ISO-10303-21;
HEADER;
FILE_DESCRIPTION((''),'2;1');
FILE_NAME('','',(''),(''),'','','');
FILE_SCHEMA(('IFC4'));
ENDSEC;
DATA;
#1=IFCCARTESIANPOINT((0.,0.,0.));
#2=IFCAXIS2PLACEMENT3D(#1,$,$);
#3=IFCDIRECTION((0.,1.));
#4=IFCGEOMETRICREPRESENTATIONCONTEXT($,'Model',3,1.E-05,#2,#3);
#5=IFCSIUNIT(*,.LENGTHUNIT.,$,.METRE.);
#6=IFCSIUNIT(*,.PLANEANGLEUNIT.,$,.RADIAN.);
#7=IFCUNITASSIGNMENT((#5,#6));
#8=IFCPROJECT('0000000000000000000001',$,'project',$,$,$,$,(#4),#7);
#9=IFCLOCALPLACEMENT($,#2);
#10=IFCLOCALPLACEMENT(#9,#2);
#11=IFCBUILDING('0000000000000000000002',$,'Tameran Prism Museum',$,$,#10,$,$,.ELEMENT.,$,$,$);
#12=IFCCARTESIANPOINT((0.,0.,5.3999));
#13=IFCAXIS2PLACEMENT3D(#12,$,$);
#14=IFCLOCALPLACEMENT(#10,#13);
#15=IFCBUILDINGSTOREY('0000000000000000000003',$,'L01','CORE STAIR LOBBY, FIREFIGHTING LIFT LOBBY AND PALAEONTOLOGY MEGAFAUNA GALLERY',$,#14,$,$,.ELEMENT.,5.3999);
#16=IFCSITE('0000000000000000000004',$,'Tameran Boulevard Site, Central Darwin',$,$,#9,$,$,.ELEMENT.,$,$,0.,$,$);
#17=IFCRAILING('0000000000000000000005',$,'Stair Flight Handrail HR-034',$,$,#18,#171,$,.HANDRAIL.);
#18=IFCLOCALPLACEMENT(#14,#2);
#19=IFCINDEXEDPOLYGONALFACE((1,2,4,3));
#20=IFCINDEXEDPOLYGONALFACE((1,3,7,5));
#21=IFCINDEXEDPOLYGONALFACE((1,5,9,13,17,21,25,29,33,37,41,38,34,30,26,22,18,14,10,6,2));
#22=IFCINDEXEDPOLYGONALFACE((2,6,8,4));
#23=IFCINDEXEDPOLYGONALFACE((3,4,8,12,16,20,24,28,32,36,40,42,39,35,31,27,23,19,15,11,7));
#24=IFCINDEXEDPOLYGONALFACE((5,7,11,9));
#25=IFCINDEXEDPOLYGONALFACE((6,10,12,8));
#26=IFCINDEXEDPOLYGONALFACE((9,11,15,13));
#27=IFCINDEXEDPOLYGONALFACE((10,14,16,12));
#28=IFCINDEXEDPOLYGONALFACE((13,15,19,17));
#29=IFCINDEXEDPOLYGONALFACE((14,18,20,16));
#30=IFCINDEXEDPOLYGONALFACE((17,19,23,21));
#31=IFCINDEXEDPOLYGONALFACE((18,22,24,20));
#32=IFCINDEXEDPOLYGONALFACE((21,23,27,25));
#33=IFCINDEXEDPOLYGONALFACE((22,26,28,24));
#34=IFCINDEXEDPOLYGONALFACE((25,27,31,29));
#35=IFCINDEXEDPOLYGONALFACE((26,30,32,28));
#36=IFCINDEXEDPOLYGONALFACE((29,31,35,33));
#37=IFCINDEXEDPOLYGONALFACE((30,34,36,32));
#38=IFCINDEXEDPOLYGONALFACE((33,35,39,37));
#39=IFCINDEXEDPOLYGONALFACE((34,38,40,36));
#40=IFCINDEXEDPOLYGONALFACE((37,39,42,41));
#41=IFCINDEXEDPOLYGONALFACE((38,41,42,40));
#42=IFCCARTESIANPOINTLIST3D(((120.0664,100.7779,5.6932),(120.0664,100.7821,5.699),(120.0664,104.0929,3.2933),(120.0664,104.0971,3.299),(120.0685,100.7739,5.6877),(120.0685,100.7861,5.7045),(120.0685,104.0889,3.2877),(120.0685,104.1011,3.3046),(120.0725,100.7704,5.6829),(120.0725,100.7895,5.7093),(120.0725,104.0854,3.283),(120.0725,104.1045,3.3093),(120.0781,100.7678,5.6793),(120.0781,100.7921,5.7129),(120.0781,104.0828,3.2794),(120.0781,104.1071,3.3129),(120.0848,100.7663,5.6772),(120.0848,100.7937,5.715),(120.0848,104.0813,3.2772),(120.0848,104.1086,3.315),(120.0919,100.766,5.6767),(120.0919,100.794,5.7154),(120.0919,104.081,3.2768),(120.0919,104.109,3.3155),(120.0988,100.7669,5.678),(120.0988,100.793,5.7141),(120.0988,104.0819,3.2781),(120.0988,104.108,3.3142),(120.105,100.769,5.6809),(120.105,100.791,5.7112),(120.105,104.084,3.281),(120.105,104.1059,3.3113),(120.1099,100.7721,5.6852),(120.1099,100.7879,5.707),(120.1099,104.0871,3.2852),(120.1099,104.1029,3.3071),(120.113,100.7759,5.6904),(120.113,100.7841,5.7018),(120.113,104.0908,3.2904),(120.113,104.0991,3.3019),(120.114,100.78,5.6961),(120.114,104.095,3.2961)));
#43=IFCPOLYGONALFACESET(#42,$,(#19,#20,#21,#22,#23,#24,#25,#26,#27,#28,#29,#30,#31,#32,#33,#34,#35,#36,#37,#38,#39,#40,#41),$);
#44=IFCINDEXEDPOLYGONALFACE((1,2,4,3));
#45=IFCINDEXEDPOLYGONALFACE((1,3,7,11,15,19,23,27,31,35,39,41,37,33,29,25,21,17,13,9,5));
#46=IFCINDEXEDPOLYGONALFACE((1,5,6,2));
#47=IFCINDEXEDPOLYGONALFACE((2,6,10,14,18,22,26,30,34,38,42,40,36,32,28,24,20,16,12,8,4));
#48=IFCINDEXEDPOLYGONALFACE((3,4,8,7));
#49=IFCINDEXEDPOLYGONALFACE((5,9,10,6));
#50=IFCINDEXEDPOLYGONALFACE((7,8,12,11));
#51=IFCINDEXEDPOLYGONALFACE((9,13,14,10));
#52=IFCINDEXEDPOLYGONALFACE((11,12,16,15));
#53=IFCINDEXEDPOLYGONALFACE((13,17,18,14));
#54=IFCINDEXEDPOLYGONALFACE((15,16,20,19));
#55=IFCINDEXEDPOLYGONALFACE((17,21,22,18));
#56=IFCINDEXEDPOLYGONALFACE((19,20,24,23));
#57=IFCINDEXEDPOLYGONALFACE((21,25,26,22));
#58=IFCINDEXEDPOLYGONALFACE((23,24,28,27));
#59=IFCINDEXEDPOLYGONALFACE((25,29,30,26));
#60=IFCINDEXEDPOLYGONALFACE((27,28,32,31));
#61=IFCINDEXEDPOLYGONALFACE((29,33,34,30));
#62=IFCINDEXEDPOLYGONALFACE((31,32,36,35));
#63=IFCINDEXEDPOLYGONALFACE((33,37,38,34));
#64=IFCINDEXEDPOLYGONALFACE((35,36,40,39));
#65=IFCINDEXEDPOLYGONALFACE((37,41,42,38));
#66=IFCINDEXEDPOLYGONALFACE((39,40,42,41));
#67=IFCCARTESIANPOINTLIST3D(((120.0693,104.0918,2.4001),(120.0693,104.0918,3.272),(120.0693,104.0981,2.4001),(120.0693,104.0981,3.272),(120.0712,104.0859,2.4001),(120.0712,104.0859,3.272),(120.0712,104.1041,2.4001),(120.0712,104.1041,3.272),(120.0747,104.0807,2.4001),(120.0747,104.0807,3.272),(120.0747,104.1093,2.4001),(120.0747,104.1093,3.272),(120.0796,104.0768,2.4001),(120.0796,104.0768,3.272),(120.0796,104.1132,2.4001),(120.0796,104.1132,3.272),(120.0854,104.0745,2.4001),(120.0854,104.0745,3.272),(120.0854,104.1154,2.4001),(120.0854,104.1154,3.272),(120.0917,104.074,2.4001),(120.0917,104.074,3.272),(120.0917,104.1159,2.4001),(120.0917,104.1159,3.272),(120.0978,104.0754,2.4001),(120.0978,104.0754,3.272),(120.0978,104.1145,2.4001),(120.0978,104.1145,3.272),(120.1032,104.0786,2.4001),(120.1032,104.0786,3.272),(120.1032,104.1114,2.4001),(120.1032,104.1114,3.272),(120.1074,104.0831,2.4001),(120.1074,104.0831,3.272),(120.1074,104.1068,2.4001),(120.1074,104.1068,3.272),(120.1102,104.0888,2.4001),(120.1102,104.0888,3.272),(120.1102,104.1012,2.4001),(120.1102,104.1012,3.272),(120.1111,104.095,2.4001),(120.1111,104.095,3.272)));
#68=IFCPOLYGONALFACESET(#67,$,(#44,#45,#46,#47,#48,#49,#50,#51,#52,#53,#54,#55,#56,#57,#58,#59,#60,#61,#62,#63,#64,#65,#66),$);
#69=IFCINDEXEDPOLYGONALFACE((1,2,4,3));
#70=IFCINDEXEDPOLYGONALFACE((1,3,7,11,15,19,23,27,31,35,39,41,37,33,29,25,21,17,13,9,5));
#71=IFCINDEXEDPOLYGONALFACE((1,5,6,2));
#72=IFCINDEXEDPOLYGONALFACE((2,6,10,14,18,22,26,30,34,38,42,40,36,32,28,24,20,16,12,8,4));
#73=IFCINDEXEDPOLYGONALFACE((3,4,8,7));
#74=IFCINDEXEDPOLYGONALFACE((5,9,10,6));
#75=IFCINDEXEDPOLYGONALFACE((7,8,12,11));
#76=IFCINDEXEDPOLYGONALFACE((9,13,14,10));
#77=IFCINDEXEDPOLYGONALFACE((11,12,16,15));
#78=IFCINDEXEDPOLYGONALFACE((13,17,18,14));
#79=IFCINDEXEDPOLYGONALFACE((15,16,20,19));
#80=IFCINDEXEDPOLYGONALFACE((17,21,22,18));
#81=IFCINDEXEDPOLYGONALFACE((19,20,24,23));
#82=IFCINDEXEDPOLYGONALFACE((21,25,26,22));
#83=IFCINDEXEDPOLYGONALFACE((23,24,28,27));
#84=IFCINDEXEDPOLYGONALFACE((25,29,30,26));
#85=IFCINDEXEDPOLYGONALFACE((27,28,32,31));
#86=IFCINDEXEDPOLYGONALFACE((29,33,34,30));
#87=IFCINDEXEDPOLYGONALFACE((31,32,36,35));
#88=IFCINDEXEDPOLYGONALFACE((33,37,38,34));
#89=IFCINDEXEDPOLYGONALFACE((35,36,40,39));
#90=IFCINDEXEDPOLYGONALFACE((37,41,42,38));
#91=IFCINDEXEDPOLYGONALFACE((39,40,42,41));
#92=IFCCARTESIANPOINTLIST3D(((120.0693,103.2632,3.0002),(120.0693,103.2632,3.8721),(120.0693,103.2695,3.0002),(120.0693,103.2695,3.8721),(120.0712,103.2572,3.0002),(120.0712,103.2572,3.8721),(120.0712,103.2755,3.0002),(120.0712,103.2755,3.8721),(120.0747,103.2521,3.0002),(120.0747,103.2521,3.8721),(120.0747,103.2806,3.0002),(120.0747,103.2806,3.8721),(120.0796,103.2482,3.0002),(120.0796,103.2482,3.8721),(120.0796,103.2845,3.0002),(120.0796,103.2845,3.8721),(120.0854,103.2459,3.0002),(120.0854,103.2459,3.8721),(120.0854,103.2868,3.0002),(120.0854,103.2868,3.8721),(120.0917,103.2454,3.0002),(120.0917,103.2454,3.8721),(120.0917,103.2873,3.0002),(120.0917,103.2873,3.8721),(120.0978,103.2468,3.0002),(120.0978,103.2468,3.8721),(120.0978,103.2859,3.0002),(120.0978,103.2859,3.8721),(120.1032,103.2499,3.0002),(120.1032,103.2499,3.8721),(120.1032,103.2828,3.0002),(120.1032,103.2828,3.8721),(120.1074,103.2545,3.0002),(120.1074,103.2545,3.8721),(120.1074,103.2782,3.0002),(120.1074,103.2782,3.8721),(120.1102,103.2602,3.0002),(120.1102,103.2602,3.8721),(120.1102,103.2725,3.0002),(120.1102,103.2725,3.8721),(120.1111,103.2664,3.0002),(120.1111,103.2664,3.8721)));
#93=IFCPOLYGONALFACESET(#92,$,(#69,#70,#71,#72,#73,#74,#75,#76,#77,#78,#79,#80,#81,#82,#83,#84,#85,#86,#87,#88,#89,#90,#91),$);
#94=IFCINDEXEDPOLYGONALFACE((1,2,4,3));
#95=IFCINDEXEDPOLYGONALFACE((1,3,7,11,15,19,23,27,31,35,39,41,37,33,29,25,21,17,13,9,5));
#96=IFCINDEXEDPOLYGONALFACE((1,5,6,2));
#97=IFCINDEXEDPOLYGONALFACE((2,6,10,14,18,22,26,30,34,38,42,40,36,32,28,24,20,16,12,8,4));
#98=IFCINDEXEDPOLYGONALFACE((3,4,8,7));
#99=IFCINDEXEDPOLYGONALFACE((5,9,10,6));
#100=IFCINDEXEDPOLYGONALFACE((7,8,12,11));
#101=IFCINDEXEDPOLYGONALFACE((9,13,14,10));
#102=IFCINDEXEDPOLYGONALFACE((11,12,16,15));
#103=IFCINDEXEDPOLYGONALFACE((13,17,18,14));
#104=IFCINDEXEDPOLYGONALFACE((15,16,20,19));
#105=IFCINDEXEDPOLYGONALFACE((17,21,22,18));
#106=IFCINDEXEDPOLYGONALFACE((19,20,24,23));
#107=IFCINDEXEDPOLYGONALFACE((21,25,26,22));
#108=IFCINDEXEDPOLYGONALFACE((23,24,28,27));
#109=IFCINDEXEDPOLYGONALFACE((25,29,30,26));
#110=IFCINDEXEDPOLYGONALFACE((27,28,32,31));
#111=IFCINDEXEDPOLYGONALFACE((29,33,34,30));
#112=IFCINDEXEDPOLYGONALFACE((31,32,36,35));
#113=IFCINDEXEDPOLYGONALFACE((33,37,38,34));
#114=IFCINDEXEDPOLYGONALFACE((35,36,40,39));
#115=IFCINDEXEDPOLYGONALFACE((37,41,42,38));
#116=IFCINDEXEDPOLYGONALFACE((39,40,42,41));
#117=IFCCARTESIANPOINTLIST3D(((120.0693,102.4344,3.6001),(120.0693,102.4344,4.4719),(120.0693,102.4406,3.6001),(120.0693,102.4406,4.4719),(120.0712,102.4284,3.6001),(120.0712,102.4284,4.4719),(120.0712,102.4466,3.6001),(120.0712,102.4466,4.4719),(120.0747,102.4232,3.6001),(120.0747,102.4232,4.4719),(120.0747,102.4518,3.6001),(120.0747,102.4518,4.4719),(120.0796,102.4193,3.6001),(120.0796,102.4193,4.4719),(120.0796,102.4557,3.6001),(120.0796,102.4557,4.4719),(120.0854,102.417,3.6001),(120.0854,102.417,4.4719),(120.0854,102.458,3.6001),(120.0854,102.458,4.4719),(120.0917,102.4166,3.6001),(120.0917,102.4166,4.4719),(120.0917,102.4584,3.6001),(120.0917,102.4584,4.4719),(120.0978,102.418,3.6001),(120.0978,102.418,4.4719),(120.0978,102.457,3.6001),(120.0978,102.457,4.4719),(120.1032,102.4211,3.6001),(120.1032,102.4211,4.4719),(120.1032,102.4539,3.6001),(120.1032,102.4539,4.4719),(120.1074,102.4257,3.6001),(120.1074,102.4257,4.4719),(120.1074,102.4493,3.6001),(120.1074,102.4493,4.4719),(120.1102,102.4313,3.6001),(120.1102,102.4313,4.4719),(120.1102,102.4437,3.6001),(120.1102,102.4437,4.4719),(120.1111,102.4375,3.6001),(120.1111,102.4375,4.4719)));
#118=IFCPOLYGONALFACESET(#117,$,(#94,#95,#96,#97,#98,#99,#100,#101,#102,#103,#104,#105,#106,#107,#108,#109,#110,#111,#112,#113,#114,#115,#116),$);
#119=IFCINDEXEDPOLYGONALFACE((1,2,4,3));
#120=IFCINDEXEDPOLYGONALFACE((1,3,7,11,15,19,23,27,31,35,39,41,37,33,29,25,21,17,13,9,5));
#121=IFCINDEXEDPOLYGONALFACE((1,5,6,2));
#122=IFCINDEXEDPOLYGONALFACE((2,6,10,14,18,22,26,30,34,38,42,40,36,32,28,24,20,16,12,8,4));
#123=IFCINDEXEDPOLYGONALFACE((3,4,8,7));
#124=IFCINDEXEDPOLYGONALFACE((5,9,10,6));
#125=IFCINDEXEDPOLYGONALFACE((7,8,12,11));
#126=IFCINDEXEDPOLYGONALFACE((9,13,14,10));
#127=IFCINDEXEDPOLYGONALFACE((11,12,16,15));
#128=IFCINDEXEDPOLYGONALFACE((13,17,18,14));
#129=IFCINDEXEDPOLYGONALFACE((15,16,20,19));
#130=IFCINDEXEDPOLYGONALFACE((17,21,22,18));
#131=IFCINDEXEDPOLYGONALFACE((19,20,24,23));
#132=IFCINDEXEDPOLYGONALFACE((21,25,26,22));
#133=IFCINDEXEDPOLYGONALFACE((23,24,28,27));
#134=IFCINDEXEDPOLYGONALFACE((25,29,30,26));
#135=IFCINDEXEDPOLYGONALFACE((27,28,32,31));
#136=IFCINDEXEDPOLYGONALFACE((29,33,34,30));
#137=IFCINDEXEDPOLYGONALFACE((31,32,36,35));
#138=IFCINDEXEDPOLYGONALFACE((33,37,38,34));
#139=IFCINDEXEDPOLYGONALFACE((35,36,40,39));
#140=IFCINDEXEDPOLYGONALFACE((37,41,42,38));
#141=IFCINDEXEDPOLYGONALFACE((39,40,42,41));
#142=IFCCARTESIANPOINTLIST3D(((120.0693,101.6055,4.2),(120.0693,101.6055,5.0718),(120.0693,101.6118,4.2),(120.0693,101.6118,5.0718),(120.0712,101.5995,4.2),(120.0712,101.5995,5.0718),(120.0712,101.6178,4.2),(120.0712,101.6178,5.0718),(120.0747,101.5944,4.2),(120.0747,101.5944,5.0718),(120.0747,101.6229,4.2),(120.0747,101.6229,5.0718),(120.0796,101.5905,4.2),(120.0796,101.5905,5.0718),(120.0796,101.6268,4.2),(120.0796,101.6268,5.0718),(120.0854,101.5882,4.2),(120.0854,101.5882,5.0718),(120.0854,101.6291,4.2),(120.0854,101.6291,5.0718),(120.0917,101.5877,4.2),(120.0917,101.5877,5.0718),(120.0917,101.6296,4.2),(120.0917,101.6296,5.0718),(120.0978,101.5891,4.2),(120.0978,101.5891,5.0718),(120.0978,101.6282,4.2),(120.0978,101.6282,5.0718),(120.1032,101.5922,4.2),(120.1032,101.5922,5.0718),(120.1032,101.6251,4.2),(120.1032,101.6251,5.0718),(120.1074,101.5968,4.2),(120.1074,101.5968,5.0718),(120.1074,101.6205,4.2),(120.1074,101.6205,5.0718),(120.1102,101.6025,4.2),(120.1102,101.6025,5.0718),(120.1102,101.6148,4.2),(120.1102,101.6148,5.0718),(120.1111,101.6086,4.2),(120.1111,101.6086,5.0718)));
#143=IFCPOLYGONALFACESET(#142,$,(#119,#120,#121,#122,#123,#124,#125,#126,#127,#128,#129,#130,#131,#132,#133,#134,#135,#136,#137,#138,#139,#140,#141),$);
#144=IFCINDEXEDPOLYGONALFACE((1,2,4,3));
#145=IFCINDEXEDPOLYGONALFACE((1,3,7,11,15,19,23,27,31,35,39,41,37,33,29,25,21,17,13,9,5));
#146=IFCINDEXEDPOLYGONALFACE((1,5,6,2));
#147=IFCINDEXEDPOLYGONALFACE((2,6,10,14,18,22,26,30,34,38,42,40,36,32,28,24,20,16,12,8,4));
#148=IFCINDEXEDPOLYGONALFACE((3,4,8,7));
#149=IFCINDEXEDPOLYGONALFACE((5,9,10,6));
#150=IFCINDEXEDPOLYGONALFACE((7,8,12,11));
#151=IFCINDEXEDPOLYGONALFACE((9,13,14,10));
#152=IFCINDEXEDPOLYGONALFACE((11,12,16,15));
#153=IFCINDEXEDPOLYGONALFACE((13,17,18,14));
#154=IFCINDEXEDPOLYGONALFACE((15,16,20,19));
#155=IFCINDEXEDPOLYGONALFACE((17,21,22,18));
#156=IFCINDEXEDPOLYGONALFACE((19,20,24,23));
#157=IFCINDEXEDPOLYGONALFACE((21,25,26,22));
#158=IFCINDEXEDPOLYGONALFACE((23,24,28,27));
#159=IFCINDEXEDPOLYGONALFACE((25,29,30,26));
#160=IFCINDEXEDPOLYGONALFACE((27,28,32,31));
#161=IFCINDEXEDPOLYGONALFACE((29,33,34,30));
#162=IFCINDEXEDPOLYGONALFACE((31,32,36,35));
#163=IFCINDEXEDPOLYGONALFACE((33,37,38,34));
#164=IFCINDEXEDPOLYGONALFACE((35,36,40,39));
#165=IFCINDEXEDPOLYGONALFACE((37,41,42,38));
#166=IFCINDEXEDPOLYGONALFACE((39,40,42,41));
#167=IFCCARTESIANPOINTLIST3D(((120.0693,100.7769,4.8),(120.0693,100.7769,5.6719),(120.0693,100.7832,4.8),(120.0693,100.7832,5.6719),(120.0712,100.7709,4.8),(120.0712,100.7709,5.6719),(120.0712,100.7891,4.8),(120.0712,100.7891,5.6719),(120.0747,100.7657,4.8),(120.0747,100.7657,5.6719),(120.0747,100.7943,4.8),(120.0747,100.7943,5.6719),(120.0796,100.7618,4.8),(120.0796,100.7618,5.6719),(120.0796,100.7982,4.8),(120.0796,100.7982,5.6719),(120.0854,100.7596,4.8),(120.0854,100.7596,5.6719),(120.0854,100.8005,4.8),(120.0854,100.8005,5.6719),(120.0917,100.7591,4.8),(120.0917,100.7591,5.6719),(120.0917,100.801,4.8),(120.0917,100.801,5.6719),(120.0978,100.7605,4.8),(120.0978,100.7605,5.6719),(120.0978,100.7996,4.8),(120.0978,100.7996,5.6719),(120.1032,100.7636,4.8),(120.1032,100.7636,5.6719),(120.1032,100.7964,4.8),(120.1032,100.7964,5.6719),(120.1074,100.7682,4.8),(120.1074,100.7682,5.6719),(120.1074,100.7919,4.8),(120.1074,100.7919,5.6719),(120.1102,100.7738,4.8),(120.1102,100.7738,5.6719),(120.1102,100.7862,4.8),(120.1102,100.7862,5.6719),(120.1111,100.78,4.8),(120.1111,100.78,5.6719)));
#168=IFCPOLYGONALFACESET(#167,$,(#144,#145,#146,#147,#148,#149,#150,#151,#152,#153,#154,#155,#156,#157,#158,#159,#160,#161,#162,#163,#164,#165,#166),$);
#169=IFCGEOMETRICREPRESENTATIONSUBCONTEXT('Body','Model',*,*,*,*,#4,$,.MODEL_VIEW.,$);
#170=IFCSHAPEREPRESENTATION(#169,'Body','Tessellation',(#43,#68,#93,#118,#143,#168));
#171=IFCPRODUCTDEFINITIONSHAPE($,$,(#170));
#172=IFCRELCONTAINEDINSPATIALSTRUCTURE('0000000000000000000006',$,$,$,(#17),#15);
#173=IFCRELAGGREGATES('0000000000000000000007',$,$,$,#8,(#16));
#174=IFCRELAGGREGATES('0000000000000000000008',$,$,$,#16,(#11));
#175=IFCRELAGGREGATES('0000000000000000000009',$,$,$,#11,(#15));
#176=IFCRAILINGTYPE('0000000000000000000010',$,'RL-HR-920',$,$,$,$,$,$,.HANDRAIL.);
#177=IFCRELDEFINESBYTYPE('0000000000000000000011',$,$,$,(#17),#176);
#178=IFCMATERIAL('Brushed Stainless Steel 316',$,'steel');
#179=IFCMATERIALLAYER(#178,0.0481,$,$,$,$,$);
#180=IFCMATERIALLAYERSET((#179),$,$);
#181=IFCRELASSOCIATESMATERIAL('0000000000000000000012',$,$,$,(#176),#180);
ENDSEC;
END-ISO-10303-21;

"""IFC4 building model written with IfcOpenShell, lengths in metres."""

from ifc_helpers import new_model, si_unit, direction, frame, origin, origin_2d, place, context, subcontext, project, spatial, circle, extrude, material, layer, layer_set, type_object, element, save


model = new_model("IFC4")

# Units and contexts
model_context = context("Model", 3, precision=1e-05, world=origin(), true_north=direction((0.0, 1.0)))
body_context = subcontext(model_context, "Body", "Model", "MODEL_VIEW")
ifc_project = project(units=[si_unit("LENGTHUNIT", "METRE"), si_unit("PLANEANGLEUNIT", "RADIAN")], contexts=[model_context])

# Site, building, storey
site_placement = place(None, origin())
site = spatial("IfcSite", under=ifc_project, at=site_placement, Name="Tameran Boulevard Site, Central Darwin", CompositionType="ELEMENT", RefElevation=0.0)
building_placement = place(site_placement, origin())
building = spatial("IfcBuilding", under=site, at=building_placement, Name="Tameran Prism Museum", CompositionType="ELEMENT")
storey_placement = place(building_placement, frame((0.0, 0.0, 5.3999)))
storey = spatial("IfcBuildingStorey", under=building, at=storey_placement, Name="L01", Description="CORE STAIR LOBBY, FIREFIGHTING LIFT LOBBY AND PALAEONTOLOGY MEGAFAUNA GALLERY", CompositionType="ELEMENT", Elevation=5.3999)

# Railing
ifc_material_1 = material(Name="Brushed Stainless Steel 316", Category="steel")
ifc_layer_1 = layer(ifc_material_1, 0.0481)
ifc_layer_set_1 = layer_set([ifc_layer_1])
railing_type_1 = type_object("IfcRailingType", Name="RL-HR-920", PredefinedType="HANDRAIL", material=ifc_layer_set_1)
railing_1_placement = place(storey_placement, frame((120.0901, 104.095, 2.4001)))
element("IfcRailing", 1, at=railing_1_placement, inside=storey, type_object=railing_type_1, Name="Stair Flight Handrail HR-034", PredefinedType="HANDRAIL", context=body_context, shape_type="SweptSolid", body=[
    extrude(circle(Radius=0.0239, at=origin_2d()), frame((0.0, 0.0, 0.896), z_axis=(0.0, -0.810009, 0.586418), x_axis=(1.0, 0.0, 0.0)), (0.0, 0.0, 1.0), 4.0925),
    extrude(circle(Radius=0.021, at=origin_2d()), origin(), (0.0, 0.0, 1.0), 0.8718),
    extrude(circle(Radius=0.021, at=origin_2d()), frame((0.0, -0.8286, 0.6001)), (0.0, 0.0, 1.0), 0.8718),
    extrude(circle(Radius=0.021, at=origin_2d()), frame((0.0, -1.6575, 1.2)), (0.0, 0.0, 1.0), 0.8718),
    extrude(circle(Radius=0.021, at=origin_2d()), frame((0.0, -2.4863, 1.7998)), (0.0, 0.0, 1.0), 0.8718),
    extrude(circle(Radius=0.021, at=origin_2d()), frame((0.0, -3.3149, 2.3999)), (0.0, 0.0, 1.0), 0.8718),
])

save(model, "model.ifc")
